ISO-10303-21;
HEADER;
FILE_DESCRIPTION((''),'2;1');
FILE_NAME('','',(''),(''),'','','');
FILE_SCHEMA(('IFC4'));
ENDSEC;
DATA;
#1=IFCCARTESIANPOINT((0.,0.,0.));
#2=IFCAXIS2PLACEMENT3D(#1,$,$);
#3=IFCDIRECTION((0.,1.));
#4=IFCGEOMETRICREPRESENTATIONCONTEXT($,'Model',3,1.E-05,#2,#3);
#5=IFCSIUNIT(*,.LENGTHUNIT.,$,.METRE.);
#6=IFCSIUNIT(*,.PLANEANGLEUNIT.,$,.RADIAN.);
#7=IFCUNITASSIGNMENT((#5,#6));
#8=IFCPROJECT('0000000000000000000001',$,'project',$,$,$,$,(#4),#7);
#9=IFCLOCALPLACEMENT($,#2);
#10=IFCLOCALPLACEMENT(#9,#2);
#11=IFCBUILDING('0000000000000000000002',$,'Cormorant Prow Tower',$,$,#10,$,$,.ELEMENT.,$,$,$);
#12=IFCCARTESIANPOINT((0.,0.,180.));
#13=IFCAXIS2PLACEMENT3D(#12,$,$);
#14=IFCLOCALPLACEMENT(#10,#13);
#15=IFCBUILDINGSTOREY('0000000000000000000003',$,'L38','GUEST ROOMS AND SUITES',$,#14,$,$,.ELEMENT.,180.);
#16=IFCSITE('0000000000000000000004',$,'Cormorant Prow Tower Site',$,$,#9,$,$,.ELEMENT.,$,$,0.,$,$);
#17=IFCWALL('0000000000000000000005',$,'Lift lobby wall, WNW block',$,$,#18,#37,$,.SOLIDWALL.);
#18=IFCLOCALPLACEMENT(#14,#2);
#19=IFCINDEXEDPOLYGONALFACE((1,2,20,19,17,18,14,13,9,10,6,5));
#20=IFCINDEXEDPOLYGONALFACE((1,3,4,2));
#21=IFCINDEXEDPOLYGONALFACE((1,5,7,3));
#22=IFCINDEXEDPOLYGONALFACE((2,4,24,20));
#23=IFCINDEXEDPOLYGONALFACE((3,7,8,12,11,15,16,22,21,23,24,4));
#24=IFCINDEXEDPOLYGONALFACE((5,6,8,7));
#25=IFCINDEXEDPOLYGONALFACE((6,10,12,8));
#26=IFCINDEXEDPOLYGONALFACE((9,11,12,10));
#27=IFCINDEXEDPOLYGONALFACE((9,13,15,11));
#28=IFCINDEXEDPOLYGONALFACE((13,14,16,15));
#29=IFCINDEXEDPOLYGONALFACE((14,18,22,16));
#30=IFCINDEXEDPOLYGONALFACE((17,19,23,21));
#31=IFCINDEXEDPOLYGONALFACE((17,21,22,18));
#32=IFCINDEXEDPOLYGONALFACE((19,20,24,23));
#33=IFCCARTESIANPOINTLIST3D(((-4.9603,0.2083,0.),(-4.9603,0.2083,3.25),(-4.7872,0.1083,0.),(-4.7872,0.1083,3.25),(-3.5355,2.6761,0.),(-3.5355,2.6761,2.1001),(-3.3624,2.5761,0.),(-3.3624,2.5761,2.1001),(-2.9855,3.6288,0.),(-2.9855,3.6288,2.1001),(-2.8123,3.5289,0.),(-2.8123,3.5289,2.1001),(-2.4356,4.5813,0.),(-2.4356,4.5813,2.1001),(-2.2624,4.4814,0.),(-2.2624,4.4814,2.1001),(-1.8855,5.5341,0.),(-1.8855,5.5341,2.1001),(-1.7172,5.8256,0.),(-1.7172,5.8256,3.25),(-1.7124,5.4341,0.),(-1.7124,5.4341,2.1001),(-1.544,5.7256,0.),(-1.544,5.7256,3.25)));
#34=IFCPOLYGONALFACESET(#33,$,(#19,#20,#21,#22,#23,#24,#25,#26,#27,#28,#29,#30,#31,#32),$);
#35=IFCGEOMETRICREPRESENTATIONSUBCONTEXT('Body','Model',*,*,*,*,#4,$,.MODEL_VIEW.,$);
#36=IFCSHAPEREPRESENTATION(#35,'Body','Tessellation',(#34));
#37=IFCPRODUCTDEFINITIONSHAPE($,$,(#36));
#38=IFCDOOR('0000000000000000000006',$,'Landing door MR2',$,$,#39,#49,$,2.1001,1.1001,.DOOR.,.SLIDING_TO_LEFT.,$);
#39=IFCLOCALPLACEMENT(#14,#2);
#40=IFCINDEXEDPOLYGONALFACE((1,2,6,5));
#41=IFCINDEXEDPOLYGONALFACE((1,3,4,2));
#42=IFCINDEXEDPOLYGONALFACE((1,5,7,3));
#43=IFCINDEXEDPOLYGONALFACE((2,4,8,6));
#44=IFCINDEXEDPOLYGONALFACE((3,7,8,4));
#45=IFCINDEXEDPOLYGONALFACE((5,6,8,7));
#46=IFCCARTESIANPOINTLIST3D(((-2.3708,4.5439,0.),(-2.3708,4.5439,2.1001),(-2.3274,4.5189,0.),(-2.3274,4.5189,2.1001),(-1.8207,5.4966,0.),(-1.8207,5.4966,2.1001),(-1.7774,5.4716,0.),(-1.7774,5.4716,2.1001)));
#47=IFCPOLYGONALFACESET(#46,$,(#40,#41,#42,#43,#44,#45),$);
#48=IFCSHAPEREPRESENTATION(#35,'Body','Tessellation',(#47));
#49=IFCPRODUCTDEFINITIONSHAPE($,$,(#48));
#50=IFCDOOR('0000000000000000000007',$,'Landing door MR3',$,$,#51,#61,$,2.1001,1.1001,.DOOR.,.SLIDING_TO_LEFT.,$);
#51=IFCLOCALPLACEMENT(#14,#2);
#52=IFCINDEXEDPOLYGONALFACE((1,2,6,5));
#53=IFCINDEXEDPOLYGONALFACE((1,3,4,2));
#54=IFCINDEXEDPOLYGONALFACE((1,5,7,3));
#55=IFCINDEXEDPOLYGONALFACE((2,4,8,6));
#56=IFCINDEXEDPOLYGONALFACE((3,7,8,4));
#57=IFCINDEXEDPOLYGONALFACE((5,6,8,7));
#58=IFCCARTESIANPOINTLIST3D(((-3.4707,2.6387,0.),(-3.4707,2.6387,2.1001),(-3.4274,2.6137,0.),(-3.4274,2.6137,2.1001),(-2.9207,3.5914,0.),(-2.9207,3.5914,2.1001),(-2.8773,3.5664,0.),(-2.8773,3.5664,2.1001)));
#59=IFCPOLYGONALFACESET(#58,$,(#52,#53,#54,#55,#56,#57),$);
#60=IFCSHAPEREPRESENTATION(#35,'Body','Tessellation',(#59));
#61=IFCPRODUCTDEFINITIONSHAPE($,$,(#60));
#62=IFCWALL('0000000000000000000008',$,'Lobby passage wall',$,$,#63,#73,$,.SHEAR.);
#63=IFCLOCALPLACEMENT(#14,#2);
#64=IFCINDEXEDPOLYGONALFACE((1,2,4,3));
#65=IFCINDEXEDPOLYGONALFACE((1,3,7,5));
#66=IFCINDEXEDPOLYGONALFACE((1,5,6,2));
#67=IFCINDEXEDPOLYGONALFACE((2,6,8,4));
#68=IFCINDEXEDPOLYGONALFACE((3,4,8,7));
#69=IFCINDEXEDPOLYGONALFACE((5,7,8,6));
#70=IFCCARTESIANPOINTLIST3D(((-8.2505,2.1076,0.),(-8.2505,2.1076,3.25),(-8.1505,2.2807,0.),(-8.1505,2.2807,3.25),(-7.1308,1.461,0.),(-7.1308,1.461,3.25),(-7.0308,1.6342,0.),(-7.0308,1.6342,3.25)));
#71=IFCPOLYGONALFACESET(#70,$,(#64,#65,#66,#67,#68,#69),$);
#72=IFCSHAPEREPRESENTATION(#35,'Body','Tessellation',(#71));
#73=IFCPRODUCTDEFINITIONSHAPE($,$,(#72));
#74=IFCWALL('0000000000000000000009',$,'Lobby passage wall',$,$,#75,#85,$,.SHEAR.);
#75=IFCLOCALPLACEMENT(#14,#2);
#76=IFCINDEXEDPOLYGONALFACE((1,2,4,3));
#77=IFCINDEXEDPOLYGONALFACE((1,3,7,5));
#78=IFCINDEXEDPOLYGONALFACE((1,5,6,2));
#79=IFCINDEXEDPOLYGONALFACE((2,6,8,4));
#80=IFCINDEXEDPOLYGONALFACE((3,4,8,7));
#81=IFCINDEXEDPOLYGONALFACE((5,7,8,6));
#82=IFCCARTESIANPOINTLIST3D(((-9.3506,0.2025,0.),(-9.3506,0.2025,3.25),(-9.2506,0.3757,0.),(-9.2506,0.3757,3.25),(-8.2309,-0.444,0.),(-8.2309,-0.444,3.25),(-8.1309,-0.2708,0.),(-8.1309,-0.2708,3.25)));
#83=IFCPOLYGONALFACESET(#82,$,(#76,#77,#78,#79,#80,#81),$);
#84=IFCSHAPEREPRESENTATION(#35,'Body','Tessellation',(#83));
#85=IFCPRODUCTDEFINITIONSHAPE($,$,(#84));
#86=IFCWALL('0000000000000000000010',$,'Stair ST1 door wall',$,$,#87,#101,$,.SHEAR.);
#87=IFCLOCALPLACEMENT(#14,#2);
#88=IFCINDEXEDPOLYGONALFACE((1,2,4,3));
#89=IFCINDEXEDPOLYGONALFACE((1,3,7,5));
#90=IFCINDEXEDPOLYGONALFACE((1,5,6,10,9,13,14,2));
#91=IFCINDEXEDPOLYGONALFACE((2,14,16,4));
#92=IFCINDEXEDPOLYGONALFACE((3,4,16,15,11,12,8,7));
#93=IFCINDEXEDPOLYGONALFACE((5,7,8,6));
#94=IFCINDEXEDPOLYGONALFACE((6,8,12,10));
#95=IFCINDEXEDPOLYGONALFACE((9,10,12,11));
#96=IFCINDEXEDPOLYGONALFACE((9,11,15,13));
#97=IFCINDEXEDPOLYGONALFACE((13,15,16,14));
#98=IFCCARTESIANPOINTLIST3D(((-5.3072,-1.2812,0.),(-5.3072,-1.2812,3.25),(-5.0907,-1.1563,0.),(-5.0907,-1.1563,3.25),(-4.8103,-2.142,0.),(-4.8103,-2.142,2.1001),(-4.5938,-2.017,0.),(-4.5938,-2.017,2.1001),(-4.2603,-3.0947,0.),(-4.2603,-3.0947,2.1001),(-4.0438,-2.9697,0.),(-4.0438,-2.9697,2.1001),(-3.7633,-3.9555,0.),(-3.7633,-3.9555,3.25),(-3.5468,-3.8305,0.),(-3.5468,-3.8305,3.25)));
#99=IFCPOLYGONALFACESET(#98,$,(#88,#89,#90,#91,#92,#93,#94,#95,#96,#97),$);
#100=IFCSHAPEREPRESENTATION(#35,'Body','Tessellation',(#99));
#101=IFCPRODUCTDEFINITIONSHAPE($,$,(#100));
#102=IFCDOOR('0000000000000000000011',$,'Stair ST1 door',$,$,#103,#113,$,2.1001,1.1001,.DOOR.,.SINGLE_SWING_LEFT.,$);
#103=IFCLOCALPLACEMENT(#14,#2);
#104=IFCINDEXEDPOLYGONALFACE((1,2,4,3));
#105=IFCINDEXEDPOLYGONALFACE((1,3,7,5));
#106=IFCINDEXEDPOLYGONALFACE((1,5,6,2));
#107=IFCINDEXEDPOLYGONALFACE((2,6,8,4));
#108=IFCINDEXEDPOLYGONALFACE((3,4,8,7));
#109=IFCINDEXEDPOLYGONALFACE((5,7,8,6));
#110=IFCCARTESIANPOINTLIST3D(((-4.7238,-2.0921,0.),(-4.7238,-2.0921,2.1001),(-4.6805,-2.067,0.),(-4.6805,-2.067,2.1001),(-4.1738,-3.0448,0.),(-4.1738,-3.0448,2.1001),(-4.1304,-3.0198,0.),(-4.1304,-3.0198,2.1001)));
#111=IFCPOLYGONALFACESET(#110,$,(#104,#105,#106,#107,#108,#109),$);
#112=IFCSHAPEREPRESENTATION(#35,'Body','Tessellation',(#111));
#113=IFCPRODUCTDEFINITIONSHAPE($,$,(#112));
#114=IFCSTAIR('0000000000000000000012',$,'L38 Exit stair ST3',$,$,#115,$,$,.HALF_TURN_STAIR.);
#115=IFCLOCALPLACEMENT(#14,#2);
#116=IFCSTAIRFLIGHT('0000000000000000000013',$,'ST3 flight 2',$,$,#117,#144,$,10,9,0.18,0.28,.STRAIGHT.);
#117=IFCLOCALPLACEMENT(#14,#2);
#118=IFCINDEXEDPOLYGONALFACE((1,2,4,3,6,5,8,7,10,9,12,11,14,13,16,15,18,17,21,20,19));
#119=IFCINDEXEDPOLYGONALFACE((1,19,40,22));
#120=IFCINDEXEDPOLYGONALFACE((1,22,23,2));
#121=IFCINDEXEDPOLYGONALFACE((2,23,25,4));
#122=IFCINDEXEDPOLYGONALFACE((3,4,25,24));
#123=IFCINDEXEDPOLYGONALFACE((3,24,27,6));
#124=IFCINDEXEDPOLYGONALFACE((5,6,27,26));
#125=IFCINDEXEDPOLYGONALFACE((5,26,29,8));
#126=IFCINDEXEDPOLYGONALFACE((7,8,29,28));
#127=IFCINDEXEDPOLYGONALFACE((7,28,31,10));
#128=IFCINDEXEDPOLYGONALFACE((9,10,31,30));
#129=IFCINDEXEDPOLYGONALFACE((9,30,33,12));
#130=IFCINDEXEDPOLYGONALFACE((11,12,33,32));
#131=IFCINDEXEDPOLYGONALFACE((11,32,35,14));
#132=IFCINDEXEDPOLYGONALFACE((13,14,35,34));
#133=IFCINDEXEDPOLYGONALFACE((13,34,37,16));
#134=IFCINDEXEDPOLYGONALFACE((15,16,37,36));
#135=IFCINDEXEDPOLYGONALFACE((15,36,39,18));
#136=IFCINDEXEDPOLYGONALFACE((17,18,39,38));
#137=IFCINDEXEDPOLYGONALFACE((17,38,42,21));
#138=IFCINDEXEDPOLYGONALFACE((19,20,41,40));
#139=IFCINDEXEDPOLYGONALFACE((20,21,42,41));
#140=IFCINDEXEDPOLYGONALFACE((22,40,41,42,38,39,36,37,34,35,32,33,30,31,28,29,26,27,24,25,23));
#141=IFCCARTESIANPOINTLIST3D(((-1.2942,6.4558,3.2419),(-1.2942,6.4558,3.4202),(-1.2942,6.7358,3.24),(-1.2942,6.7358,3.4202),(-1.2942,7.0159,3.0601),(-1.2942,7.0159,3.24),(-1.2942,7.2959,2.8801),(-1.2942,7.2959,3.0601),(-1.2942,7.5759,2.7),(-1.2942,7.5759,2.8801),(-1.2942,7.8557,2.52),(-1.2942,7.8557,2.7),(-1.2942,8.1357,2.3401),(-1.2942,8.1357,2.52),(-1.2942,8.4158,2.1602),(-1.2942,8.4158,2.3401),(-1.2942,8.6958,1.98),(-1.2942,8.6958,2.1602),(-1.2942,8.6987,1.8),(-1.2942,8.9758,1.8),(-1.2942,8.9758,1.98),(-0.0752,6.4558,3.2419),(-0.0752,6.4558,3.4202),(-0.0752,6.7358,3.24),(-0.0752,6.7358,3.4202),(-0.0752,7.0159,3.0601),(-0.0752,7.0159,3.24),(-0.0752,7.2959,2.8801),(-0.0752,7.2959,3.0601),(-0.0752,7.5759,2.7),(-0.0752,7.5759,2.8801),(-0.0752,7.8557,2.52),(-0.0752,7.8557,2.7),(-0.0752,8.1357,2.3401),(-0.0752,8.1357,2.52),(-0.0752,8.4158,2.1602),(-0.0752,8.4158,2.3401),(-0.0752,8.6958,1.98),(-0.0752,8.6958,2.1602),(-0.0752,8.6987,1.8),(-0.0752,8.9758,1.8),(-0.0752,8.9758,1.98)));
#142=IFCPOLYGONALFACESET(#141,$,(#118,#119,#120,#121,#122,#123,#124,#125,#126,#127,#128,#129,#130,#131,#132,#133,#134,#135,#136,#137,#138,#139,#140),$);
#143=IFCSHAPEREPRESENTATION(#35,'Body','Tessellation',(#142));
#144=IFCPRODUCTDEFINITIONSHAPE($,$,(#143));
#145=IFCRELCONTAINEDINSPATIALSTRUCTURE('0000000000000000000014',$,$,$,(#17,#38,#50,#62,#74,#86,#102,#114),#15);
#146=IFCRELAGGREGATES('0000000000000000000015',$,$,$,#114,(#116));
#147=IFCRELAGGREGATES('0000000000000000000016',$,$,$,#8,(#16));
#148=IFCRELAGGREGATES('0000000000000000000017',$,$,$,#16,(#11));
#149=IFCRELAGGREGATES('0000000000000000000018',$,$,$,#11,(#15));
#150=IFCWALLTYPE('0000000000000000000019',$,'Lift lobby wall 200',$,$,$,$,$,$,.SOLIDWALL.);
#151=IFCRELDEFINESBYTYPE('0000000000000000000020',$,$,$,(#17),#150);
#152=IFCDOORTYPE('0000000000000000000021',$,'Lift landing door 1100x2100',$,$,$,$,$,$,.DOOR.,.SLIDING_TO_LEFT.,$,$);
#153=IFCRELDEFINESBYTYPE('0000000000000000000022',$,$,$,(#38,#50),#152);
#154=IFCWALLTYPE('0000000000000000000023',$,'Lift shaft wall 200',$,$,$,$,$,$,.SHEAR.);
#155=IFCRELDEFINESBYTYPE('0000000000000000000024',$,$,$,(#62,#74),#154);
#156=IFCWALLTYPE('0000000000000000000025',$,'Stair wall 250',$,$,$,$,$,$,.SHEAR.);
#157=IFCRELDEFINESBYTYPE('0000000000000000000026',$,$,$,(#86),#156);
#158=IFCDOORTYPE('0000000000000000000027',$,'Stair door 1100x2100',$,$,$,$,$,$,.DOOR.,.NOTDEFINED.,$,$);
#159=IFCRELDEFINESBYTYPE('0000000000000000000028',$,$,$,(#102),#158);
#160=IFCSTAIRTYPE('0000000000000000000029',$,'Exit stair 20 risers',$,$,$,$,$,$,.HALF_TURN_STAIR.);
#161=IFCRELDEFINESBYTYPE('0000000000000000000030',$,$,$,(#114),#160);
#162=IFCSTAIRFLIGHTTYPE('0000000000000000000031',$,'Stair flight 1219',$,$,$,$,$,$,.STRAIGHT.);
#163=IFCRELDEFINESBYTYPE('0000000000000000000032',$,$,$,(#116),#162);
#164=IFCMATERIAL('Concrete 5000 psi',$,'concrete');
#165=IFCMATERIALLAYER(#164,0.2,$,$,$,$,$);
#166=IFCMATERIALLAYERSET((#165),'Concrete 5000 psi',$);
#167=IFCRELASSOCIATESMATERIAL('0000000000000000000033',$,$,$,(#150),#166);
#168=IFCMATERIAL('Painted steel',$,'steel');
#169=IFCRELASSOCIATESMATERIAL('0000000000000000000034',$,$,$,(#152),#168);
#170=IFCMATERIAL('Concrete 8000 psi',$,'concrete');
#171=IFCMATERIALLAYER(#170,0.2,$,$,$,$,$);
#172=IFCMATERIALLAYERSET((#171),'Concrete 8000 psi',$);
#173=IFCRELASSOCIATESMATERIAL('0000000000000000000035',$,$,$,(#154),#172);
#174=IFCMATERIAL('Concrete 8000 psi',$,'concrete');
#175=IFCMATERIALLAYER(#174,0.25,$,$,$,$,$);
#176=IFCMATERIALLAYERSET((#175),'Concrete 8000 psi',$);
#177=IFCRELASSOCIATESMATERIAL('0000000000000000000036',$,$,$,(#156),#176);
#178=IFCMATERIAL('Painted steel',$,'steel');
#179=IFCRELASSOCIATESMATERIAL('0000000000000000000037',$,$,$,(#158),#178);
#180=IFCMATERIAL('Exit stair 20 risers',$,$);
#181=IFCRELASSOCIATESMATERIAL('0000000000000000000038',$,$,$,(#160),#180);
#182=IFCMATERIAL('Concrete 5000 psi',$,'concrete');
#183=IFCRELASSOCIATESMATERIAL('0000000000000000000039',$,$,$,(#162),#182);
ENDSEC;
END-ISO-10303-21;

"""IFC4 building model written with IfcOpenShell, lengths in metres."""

from ifc_helpers import new_model, si_unit, direction, frame, frame_2d, origin, place, context, subcontext, project, spatial, polyline, rectangle, outline, extrude, material, layer, layer_set, type_object, element, fill, aggregate, save


model = new_model("IFC4")

# Units and contexts
model_context = context("Model", 3, precision=1e-05, world=origin(), true_north=direction((0.0, 1.0)))
body_context = subcontext(model_context, "Body", "Model", "MODEL_VIEW")
ifc_project = project(units=[si_unit("LENGTHUNIT", "METRE"), si_unit("PLANEANGLEUNIT", "RADIAN")], contexts=[model_context])

# Site, building, storey
site_placement = place(None, origin())
site = spatial("IfcSite", under=ifc_project, at=site_placement, Name="Cormorant Prow Tower Site", CompositionType="ELEMENT", RefElevation=0.0)
building_placement = place(site_placement, origin())
building = spatial("IfcBuilding", under=site, at=building_placement, Name="Cormorant Prow Tower", CompositionType="ELEMENT")
storey_placement = place(building_placement, frame((0.0, 0.0, 180.0)))
storey = spatial("IfcBuildingStorey", under=building, at=storey_placement, Name="L38", Description="GUEST ROOMS AND SUITES", CompositionType="ELEMENT", Elevation=180.0)

# Wall, openings, doors
ifc_material_1 = material(Name="Concrete 5000 psi", Category="concrete")
ifc_layer_1 = layer(ifc_material_1, 0.2)
ifc_layer_set_1 = layer_set([ifc_layer_1], Name="Concrete 5000 psi")
wall_type_1 = type_object("IfcWallType", Name="Lift lobby wall 200", PredefinedType="SOLIDWALL", material=ifc_layer_set_1)
wall_1_placement = place(storey_placement, frame((-1.6306, 5.7756, 0.0), z_axis=(0.0, 0.0, 1.0), x_axis=(-0.499993, -0.86603, 0.0)))
wall_1 = element("IfcWall", 1, at=wall_1_placement, inside=storey, type_object=wall_type_1, Name="Lift lobby wall, WNW block", PredefinedType="SOLIDWALL", context=body_context, shape_type="SweptSolid", body=[
    extrude(rectangle(XDim=6.4863, YDim=0.2, at=frame_2d((3.2432, 0.0))), origin(), (0.0, 0.0, 1.0), 3.25),
])
opening_1_placement = place(wall_1_placement, frame((0.3367, 0.0, 0.0)))
opening_1 = element("IfcOpeningElement", 2, at=opening_1_placement, cuts=wall_1, PredefinedType="OPENING", context=body_context, shape_type="SweptSolid", body=[
    extrude(rectangle(XDim=1.1001, YDim=2.1001, at=frame_2d((0.55, 1.05))), frame((0.0, 0.1099, 0.0), z_axis=(0.0, -1.0, 0.0), x_axis=(1.0, 0.0, 0.0)), (0.0, 0.0, 1.0), 0.22),
])
opening_2_placement = place(wall_1_placement, frame((2.5366, 0.0, 0.0)))
opening_2 = element("IfcOpeningElement", 3, at=opening_2_placement, cuts=wall_1, PredefinedType="OPENING", context=body_context, shape_type="SweptSolid", body=[
    extrude(rectangle(XDim=1.1001, YDim=2.1001, at=frame_2d((0.55, 1.05))), frame((0.0, 0.1099, 0.0), z_axis=(0.0, -1.0, 0.0), x_axis=(1.0, 0.0, 0.0)), (0.0, 0.0, 1.0), 0.22),
])
ifc_material_2 = material(Name="Painted steel", Category="steel")
door_type_1 = type_object("IfcDoorType", Name="Lift landing door 1100x2100", OperationType="SLIDING_TO_LEFT", PredefinedType="DOOR", material=ifc_material_2)
door_1_placement = place(opening_1_placement, origin())
door_1 = element("IfcDoor", 4, at=door_1_placement, inside=storey, type_object=door_type_1, Name="Landing door MR2", OperationType="SLIDING_TO_LEFT", OverallHeight=2.1001, OverallWidth=1.1001, PredefinedType="DOOR", context=body_context, shape_type="SweptSolid", body=[
    extrude(rectangle(XDim=1.1001, YDim=2.1001, at=frame_2d((0.55, 1.05))), frame((0.0, 0.0249, 0.0), z_axis=(0.0, -1.0, 0.0), x_axis=(1.0, 0.0, 0.0)), (0.0, 0.0, 1.0), 0.05),
])
fill(opening_1, door_1)
door_2_placement = place(opening_2_placement, origin())
door_2 = element("IfcDoor", 5, at=door_2_placement, inside=storey, type_object=door_type_1, Name="Landing door MR3", OperationType="SLIDING_TO_LEFT", OverallHeight=2.1001, OverallWidth=1.1001, PredefinedType="DOOR", context=body_context, shape_type="SweptSolid", body=[
    extrude(rectangle(XDim=1.1001, YDim=2.1001, at=frame_2d((0.55, 1.05))), frame((0.0, 0.0249, 0.0), z_axis=(0.0, -1.0, 0.0), x_axis=(1.0, 0.0, 0.0)), (0.0, 0.0, 1.0), 0.05),
])
fill(opening_2, door_2)

# Walls
ifc_material_3 = material(Name="Concrete 8000 psi", Category="concrete")
ifc_layer_2 = layer(ifc_material_3, 0.2)
ifc_layer_set_2 = layer_set([ifc_layer_2], Name="Concrete 8000 psi")
wall_type_2 = type_object("IfcWallType", Name="Lift shaft wall 200", PredefinedType="SHEAR", material=ifc_layer_set_2)
for number, where, z_axis, x_axis, name in (
    (6, (-7.0808, 1.5476, 0.0), (0.0, 0.0, 1.0), (-0.866003, 0.500038, 0.0), "Lobby passage wall"),
    (7, (-8.1809, -0.3574, 0.0), (0.0, 0.0, 1.0), (-0.866003, 0.500038, 0.0), "Lobby passage wall"),
):
    element("IfcWall", number, at=place(storey_placement, frame(where, z_axis=z_axis, x_axis=x_axis)), inside=storey, type_object=wall_type_2, Name=name, PredefinedType="SHEAR", context=body_context, shape_type="SweptSolid", body=[
        extrude(rectangle(XDim=1.293, YDim=0.2, at=frame_2d((0.6465, 0.0))), origin(), (0.0, 0.0, 1.0), 3.25),
    ])

# Wall, opening, door
ifc_material_4 = material(Name="Concrete 8000 psi", Category="concrete")
ifc_layer_3 = layer(ifc_material_4, 0.25)
ifc_layer_set_3 = layer_set([ifc_layer_3], Name="Concrete 8000 psi")
wall_type_3 = type_object("IfcWallType", Name="Stair wall 250", PredefinedType="SHEAR", material=ifc_layer_set_3)
wall_2_placement = place(storey_placement, frame((-5.199, -1.2188, 0.0), z_axis=(0.0, 0.0, 1.0), x_axis=(0.499983, -0.866035, 0.0)))
wall_2 = element("IfcWall", 8, at=wall_2_placement, inside=storey, type_object=wall_type_3, Name="Stair ST1 door wall", PredefinedType="SHEAR", context=body_context, shape_type="SweptSolid", body=[
    extrude(rectangle(XDim=3.0879, YDim=0.25, at=frame_2d((1.5439, 0.0))), origin(), (0.0, 0.0, 1.0), 3.25),
])
opening_3_placement = place(wall_2_placement, frame((0.9939, 0.0, 0.0)))
opening_3 = element("IfcOpeningElement", 9, at=opening_3_placement, cuts=wall_2, PredefinedType="OPENING", context=body_context, shape_type="SweptSolid", body=[
    extrude(rectangle(XDim=1.1001, YDim=2.1001, at=frame_2d((0.55, 1.05))), frame((0.0, 0.135, 0.0), z_axis=(0.0, -1.0, 0.0), x_axis=(1.0, 0.0, 0.0)), (0.0, 0.0, 1.0), 0.27),
])
ifc_material_5 = material(Name="Painted steel", Category="steel")
door_type_2 = type_object("IfcDoorType", Name="Stair door 1100x2100", OperationType="NOTDEFINED", PredefinedType="DOOR", material=ifc_material_5)
door_3_placement = place(opening_3_placement, origin())
door_3 = element("IfcDoor", 10, at=door_3_placement, inside=storey, type_object=door_type_2, Name="Stair ST1 door", OperationType="SINGLE_SWING_LEFT", OverallHeight=2.1001, OverallWidth=1.1001, PredefinedType="DOOR", context=body_context, shape_type="SweptSolid", body=[
    extrude(rectangle(XDim=1.1001, YDim=2.1001, at=frame_2d((0.55, 1.05))), frame((0.0, 0.0249, 0.0), z_axis=(0.0, -1.0, 0.0), x_axis=(1.0, 0.0, 0.0)), (0.0, 0.0, 1.0), 0.05),
])
fill(opening_3, door_3)

# Stair, stair flight
ifc_material_6 = material(Name="Exit stair 20 risers")
stair_type = type_object("IfcStairType", Name="Exit stair 20 risers", PredefinedType="HALF_TURN_STAIR", material=ifc_material_6)
stair_placement = place(storey_placement, origin())
stair = element("IfcStair", 11, at=stair_placement, inside=storey, type_object=stair_type, Name="L38 Exit stair ST3", PredefinedType="HALF_TURN_STAIR")
ifc_material_7 = material(Name="Concrete 5000 psi", Category="concrete")
stair_flight_type = type_object("IfcStairFlightType", Name="Stair flight 1219", PredefinedType="STRAIGHT", material=ifc_material_7)
stair_flight_placement = place(storey_placement, frame((-0.6846, 8.9758, 1.8), z_axis=(0.0, 0.0, 1.0), x_axis=(0.0, -1.0, 0.0)))
stair_flight = element("IfcStairFlight", 12, at=stair_flight_placement, type_object=stair_flight_type, Name="ST3 flight 2", NumberOfRisers=10, NumberOfTreads=9, PredefinedType="STRAIGHT", RiserHeight=0.18, TreadLength=0.28, context=body_context, shape_type="SweptSolid", body=[
    extrude(outline(polyline([(0.0, 0.0), (0.0, 0.1799), (0.28, 0.1799), (0.28, 0.3601), (0.5601, 0.3601), (0.5601, 0.54), (0.8401, 0.54), (0.8401, 0.72), (1.1201, 0.72), (1.1201, 0.8999), (1.3999, 0.8999), (1.3999, 1.0801), (1.6799, 1.0801), (1.6799, 1.26), (1.96, 1.26), (1.96, 1.4399), (2.24, 1.4399), (2.24, 1.6201), (2.52, 1.6201), (2.52, 1.8), (2.52, 1.4419), (0.2771, 0.0), (0.0, 0.0)])), frame((0.0, 0.6094, 0.0), z_axis=(0.0, -1.0, 0.0), x_axis=(1.0, 0.0, 0.0)), (0.0, 0.0, 1.0), 1.219),
])
aggregate(stair, [stair_flight])

save(model, "model.ifc")
